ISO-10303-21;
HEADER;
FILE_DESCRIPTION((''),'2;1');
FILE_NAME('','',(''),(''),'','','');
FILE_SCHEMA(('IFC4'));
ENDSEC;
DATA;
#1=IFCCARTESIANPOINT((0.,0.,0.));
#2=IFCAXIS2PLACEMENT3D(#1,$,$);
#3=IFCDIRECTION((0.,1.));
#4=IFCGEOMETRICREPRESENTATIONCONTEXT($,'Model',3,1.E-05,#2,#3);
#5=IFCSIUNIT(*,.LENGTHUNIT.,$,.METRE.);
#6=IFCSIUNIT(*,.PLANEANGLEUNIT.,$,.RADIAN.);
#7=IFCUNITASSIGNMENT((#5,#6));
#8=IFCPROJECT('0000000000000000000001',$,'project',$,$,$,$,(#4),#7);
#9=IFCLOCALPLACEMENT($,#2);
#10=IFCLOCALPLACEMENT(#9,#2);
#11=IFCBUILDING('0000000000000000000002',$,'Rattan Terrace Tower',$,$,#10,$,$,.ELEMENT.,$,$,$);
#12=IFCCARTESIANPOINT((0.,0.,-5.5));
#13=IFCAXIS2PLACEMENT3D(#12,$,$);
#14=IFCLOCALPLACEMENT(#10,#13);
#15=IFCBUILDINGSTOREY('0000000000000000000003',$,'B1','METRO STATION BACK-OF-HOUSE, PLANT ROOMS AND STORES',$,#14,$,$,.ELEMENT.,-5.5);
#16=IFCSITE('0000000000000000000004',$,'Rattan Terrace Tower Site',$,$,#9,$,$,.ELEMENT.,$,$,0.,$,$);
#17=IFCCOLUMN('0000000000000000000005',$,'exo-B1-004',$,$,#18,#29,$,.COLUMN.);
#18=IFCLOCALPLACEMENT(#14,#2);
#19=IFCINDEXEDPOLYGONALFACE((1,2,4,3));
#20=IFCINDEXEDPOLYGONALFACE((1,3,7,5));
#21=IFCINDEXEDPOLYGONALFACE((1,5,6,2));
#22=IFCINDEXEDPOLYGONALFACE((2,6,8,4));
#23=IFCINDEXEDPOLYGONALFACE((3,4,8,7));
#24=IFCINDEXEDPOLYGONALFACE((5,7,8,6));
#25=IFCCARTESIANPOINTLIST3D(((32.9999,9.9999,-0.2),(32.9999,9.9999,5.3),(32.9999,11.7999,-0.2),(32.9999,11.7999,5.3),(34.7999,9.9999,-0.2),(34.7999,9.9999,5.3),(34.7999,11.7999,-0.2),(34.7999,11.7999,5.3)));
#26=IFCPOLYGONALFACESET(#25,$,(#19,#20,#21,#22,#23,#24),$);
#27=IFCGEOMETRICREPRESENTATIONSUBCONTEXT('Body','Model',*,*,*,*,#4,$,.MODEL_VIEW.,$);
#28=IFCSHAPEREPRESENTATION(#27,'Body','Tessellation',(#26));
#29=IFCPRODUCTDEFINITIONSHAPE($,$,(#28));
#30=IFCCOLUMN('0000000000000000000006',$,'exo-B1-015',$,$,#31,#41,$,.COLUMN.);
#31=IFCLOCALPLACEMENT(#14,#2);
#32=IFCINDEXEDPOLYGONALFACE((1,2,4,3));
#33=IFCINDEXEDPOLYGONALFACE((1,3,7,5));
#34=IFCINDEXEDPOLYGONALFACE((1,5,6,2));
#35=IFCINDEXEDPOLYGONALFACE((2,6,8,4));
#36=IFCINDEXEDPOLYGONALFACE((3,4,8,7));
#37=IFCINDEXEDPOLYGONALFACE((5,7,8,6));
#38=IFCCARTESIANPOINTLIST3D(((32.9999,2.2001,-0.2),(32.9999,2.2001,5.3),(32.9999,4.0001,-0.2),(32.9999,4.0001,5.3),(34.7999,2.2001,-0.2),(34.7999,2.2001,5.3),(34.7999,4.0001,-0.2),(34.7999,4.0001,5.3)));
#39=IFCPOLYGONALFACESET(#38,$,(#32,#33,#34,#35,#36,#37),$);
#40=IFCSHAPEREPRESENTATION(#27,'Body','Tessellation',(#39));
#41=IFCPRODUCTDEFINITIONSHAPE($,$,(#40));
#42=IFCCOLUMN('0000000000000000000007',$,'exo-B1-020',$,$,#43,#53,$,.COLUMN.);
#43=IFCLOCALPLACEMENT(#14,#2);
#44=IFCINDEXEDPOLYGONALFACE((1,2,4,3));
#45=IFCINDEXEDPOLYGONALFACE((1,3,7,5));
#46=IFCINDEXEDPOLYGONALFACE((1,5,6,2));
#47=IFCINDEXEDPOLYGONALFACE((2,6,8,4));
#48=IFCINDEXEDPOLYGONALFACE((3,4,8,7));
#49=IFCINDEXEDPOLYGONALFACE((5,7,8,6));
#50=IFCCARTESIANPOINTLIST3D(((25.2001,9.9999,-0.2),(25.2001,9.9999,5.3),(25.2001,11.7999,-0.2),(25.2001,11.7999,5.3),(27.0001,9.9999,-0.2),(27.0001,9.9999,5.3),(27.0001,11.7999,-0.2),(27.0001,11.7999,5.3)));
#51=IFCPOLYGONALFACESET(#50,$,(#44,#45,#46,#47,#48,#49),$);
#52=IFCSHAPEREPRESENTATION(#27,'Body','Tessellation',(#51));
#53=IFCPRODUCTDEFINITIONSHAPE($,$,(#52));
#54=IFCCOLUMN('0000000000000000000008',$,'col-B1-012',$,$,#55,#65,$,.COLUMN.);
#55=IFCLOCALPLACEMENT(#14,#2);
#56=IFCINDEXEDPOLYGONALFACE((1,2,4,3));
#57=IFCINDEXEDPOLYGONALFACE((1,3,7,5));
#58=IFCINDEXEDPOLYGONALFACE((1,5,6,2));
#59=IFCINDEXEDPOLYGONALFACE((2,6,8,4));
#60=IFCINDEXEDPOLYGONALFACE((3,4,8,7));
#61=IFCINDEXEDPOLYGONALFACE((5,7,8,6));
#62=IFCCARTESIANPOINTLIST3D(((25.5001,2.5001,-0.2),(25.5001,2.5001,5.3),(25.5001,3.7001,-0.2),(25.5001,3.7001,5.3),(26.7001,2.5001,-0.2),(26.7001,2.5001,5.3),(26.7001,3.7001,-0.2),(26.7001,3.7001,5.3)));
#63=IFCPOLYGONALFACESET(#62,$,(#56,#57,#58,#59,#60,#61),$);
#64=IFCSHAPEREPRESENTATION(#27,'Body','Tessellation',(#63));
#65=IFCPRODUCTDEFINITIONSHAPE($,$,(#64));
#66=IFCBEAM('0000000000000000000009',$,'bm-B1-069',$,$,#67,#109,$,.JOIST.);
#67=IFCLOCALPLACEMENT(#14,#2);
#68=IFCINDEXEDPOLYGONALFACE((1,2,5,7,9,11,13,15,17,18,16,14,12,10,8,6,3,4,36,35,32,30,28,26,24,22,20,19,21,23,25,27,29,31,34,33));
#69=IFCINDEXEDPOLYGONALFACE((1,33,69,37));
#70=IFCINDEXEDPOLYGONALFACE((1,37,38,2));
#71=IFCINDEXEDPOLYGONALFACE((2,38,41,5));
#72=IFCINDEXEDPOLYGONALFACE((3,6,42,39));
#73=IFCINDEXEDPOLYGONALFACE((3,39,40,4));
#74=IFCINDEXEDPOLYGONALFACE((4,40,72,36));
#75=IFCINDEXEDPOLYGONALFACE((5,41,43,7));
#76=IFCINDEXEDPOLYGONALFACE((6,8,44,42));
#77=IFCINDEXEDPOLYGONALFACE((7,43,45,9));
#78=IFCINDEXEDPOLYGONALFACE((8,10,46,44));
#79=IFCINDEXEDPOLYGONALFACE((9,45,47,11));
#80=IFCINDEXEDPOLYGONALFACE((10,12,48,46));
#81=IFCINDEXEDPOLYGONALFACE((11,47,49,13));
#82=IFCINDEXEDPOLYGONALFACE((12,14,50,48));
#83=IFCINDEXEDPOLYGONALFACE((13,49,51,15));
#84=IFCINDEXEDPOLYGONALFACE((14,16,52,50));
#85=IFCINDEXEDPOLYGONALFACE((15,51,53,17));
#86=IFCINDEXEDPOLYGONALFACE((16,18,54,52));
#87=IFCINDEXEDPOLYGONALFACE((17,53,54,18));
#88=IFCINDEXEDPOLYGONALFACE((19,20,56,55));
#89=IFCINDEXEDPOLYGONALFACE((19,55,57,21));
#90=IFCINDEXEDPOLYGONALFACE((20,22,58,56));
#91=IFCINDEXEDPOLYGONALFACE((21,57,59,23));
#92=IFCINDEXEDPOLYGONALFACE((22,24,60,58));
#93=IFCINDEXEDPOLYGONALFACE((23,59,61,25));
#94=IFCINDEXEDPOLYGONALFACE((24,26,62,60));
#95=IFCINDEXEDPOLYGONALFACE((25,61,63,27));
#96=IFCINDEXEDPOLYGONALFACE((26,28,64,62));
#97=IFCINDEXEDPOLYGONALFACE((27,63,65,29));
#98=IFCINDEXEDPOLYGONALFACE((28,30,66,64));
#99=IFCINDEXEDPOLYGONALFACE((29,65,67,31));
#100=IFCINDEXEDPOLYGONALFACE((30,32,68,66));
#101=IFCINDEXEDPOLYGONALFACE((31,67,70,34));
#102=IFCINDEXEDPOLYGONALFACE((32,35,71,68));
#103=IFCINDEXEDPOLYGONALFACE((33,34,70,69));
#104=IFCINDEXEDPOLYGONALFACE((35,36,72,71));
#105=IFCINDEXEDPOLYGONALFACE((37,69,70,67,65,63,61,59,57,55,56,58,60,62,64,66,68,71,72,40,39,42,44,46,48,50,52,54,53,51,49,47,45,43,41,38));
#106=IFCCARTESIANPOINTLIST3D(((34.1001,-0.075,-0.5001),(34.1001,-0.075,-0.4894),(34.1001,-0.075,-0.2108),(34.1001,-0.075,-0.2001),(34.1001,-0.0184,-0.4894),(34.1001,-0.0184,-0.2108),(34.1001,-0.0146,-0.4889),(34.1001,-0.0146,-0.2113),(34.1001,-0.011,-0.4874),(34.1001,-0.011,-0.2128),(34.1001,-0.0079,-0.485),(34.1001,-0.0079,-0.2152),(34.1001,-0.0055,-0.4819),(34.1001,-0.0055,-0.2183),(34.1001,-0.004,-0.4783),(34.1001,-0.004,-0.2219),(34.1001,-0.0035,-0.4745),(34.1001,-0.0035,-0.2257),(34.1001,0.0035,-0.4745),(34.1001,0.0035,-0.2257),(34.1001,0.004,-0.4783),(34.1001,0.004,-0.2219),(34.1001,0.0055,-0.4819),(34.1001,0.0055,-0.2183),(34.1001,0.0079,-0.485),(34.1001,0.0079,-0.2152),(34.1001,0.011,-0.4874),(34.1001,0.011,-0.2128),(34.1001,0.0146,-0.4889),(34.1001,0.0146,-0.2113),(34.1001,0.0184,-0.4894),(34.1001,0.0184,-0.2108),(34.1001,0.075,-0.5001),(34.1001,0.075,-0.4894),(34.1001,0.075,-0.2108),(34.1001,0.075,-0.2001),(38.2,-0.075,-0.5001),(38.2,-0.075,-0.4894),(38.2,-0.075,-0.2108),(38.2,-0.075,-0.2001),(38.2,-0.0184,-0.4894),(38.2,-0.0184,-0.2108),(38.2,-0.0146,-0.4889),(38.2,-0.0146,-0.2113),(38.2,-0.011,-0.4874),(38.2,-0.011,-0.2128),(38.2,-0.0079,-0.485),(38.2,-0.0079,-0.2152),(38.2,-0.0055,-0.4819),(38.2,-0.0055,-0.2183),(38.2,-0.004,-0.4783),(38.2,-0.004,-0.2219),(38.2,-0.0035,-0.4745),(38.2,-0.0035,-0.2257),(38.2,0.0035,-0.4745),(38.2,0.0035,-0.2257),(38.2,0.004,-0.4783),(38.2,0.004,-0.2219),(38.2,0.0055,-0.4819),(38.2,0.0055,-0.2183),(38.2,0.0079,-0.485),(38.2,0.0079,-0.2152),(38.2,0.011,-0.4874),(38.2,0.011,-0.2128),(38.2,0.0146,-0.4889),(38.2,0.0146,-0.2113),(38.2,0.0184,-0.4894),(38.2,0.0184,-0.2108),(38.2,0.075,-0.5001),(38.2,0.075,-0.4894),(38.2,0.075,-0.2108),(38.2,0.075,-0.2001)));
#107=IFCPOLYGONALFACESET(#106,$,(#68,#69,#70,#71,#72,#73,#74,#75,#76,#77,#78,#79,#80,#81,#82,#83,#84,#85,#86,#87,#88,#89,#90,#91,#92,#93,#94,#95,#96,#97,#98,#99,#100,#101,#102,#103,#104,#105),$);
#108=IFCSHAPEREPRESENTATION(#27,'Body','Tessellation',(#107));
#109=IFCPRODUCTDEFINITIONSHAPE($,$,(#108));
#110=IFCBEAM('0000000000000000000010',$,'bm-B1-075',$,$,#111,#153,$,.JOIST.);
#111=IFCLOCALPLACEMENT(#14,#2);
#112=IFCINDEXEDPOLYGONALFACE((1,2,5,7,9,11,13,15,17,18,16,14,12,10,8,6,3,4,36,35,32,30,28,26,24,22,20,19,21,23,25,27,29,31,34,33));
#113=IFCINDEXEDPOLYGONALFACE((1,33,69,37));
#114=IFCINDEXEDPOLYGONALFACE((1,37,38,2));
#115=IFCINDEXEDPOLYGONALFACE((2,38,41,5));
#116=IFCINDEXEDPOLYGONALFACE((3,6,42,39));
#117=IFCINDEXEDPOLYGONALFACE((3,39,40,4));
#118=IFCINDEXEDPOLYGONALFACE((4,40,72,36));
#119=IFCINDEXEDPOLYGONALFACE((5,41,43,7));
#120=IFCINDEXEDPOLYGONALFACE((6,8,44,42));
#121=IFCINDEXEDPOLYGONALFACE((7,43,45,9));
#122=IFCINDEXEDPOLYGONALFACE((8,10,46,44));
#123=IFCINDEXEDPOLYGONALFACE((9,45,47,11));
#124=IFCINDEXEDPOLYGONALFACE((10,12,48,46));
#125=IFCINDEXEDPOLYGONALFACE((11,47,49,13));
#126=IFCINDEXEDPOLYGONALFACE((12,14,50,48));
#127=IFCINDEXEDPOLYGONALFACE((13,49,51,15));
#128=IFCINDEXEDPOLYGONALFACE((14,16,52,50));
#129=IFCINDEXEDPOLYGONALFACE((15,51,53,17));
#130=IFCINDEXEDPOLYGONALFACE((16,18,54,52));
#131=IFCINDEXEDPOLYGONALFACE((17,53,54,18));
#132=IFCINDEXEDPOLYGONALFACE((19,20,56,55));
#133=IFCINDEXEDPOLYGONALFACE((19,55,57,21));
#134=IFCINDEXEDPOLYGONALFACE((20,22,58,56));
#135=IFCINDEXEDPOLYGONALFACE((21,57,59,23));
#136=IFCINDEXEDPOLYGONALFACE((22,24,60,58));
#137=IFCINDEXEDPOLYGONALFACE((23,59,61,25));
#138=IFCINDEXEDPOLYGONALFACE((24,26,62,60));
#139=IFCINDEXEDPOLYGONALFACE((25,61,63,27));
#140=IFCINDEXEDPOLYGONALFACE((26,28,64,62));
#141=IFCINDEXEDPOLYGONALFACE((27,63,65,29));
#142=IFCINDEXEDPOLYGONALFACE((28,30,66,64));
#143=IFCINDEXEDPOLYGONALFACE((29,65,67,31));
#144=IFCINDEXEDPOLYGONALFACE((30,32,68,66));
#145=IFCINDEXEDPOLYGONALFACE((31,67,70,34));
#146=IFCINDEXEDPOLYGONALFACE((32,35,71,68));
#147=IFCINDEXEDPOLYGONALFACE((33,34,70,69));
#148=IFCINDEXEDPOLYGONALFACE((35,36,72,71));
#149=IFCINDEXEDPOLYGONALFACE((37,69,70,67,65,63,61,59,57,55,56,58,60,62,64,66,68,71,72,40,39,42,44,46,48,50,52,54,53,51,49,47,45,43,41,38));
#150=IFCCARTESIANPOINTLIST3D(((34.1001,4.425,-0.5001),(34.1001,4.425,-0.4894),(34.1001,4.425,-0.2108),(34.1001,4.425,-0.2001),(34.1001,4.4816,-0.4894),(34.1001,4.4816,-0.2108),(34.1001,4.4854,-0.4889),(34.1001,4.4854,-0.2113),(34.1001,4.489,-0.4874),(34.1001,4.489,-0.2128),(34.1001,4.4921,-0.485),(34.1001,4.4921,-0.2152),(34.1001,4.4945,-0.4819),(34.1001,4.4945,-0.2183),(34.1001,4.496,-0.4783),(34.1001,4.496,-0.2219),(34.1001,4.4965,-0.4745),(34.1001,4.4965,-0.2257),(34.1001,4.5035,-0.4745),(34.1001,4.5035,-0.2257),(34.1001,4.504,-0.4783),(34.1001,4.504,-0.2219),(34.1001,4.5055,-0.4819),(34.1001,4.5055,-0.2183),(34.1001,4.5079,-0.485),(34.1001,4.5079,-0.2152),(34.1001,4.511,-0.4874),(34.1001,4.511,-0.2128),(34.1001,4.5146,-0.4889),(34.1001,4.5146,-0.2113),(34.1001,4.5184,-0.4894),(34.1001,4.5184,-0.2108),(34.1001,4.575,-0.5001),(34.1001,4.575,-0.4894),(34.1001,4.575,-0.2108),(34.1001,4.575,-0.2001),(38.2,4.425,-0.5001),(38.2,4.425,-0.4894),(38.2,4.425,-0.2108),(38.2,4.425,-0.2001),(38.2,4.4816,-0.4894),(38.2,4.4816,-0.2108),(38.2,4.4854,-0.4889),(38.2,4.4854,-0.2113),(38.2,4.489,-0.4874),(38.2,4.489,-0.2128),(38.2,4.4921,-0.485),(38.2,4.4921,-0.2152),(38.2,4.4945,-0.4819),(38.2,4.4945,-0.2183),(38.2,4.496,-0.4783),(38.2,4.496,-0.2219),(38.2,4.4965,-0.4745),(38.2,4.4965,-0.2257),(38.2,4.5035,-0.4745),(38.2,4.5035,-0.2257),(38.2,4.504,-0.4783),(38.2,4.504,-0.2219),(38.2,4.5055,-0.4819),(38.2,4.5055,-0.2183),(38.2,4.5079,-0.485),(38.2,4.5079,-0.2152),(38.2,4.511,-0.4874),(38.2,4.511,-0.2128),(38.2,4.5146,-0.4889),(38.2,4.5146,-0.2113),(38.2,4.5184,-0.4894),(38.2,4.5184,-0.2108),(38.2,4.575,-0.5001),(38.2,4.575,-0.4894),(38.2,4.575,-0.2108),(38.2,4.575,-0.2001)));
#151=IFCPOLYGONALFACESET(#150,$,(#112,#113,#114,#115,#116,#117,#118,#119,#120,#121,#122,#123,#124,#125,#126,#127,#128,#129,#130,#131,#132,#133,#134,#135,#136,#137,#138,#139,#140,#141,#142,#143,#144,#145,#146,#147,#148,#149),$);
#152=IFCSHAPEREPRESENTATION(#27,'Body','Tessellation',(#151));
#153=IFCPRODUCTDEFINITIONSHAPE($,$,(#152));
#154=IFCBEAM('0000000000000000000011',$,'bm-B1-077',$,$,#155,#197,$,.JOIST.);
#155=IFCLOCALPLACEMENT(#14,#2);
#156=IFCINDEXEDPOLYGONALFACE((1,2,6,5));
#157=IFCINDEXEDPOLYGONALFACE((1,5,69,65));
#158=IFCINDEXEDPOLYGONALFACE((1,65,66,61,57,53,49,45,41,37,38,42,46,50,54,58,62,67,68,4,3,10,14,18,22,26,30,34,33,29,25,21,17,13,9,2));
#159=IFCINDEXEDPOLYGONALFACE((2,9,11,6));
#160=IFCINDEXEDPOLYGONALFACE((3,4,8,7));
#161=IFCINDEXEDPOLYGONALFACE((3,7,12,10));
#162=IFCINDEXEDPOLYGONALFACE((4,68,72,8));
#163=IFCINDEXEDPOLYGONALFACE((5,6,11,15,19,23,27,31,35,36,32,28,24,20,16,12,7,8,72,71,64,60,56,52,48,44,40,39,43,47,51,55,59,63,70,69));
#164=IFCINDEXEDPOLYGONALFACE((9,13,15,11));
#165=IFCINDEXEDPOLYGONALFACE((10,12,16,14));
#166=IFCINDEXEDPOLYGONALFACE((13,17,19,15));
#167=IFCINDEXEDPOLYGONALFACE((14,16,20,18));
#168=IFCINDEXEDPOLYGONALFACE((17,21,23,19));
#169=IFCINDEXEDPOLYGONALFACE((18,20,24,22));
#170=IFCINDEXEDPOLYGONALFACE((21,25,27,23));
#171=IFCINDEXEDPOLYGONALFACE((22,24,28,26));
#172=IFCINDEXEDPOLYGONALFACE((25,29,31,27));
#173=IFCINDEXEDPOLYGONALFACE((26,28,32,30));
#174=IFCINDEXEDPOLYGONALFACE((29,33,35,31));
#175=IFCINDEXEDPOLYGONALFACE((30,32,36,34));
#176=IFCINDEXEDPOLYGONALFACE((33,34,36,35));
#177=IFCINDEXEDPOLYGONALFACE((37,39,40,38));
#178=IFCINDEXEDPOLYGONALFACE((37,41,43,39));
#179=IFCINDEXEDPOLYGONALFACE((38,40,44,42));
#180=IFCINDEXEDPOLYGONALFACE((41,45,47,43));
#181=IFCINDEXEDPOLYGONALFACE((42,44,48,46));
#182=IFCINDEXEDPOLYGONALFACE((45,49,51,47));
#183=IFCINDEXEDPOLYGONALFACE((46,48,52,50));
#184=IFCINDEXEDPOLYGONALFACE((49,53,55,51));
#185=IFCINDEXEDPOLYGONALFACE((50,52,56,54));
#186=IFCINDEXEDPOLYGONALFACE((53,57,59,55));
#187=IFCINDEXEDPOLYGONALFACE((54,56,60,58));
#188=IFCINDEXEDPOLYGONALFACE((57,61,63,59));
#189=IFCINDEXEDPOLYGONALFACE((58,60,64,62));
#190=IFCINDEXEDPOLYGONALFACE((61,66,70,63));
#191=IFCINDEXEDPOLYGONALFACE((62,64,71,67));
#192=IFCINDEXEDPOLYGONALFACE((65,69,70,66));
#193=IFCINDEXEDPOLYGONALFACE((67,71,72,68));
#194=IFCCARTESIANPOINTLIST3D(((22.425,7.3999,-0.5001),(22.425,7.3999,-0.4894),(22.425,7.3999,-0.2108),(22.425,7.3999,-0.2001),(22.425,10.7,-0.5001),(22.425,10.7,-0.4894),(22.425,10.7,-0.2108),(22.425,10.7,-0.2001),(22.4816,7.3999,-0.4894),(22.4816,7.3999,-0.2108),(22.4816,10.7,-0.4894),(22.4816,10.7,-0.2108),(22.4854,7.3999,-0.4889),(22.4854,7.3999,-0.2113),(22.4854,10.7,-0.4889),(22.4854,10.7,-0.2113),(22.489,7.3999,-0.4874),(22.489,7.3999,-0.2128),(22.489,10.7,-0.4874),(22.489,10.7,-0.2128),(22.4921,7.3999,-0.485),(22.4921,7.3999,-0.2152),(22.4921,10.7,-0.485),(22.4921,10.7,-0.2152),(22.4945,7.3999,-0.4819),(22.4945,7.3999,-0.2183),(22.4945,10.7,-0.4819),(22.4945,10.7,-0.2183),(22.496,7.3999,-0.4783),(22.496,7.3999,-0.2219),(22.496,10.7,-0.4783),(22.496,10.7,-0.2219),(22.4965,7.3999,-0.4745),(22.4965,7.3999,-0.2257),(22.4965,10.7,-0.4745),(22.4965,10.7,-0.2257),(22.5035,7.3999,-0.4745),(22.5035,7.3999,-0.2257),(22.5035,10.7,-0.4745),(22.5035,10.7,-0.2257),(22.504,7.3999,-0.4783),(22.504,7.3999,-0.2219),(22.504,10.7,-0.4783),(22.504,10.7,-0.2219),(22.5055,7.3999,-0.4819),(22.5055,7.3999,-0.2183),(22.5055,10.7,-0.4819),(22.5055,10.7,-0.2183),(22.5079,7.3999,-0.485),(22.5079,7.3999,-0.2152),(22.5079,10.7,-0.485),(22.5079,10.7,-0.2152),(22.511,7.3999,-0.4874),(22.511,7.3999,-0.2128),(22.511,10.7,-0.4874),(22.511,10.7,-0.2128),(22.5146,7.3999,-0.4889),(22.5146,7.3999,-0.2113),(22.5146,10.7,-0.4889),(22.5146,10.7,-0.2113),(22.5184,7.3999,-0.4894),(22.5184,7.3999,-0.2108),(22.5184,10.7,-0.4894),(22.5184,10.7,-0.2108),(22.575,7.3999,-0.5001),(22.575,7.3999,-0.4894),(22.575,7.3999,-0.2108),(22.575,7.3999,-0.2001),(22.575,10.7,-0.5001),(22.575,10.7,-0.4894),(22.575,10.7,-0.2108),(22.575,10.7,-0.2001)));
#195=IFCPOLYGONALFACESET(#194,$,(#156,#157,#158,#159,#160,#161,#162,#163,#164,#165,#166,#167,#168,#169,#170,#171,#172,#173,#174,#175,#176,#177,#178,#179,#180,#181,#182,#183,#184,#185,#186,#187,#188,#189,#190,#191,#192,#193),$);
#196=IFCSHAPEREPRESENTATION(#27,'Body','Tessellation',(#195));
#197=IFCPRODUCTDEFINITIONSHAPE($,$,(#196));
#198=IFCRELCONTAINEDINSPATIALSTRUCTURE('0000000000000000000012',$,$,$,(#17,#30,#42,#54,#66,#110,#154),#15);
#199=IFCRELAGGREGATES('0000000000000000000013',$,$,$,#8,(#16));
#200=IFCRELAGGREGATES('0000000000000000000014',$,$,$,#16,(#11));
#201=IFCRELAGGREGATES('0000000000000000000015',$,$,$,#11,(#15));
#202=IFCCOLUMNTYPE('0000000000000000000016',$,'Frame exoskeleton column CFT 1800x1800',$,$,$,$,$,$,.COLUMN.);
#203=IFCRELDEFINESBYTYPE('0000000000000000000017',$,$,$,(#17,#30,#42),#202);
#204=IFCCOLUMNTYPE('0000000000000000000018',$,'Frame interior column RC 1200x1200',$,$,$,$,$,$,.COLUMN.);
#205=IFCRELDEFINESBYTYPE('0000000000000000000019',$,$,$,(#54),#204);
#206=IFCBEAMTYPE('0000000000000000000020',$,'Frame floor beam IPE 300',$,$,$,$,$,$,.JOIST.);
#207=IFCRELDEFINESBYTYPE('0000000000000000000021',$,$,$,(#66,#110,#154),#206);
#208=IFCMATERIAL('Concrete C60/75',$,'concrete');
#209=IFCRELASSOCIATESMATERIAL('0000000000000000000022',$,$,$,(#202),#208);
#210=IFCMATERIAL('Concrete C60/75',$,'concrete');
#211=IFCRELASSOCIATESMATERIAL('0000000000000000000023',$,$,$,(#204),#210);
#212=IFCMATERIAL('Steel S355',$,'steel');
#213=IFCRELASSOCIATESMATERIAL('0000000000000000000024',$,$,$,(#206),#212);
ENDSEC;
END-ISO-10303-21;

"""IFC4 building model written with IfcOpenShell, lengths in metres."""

from ifc_helpers import new_model, si_unit, direction, frame, origin, origin_2d, place, context, subcontext, project, spatial, rectangle, i_section, extrude, material, material_profile, profile_set, type_object, element, save


model = new_model("IFC4")

# Units and contexts
model_context = context("Model", 3, precision=1e-05, world=origin(), true_north=direction((0.0, 1.0)))
body_context = subcontext(model_context, "Body", "Model", "MODEL_VIEW")
ifc_project = project(units=[si_unit("LENGTHUNIT", "METRE"), si_unit("PLANEANGLEUNIT", "RADIAN")], contexts=[model_context])

# Site, building, storey
site_placement = place(None, origin())
site = spatial("IfcSite", under=ifc_project, at=site_placement, Name="Rattan Terrace Tower Site", CompositionType="ELEMENT", RefElevation=0.0)
building_placement = place(site_placement, origin())
building = spatial("IfcBuilding", under=site, at=building_placement, Name="Rattan Terrace Tower", CompositionType="ELEMENT")
storey_placement = place(building_placement, frame((0.0, 0.0, -5.5)))
storey = spatial("IfcBuildingStorey", under=building, at=storey_placement, Name="B1", Description="METRO STATION BACK-OF-HOUSE, PLANT ROOMS AND STORES", CompositionType="ELEMENT", Elevation=-5.5)

# Columns
ifc_material_1 = material(Name="Concrete C60/75", Category="concrete")
ifc_material_profile_1 = material_profile(ifc_material_1, rectangle(XDim=1.8, YDim=1.8, at=origin_2d()), Name="CFT 1800x1800")
ifc_profile_set_1 = profile_set([ifc_material_profile_1], Name="Concrete C60/75")
column_type_1 = type_object("IfcColumnType", Name="Frame exoskeleton column CFT 1800x1800", PredefinedType="COLUMN", material=ifc_profile_set_1)
for number, where, z_axis, x_axis, name in (
    (1, (33.8999, 10.8999, -0.2), (0.0, 0.0, 1.0), (1.0, 0.0, 0.0), "exo-B1-004"),
    (2, (33.8999, 3.1001, -0.2), (0.0, 0.0, 1.0), (0.0, 1.0, 0.0), "exo-B1-015"),
    (3, (26.1001, 10.8999, -0.2), (0.0, 0.0, 1.0), (1.0, 0.0, 0.0), "exo-B1-020"),
):
    element("IfcColumn", number, at=place(storey_placement, frame(where, z_axis=z_axis, x_axis=x_axis)), inside=storey, type_object=column_type_1, Name=name, PredefinedType="COLUMN", context=body_context, shape_type="SweptSolid", body=[
        extrude(rectangle(XDim=1.8, YDim=1.8, at=origin_2d()), origin(), (0.0, 0.0, 1.0), 5.5),
    ])
ifc_material_2 = material(Name="Concrete C60/75", Category="concrete")
ifc_material_profile_2 = material_profile(ifc_material_2, rectangle(XDim=1.2, YDim=1.2, at=origin_2d()), Name="RC 1200x1200")
ifc_profile_set_2 = profile_set([ifc_material_profile_2], Name="Concrete C60/75")
column_type_2 = type_object("IfcColumnType", Name="Frame interior column RC 1200x1200", PredefinedType="COLUMN", material=ifc_profile_set_2)
column_placement = place(storey_placement, frame((26.1001, 3.1001, -0.2), z_axis=(0.0, 0.0, 1.0), x_axis=(1.0, 0.0, 0.0)))
element("IfcColumn", 4, at=column_placement, inside=storey, type_object=column_type_2, Name="col-B1-012", PredefinedType="COLUMN", context=body_context, shape_type="SweptSolid", body=[
    extrude(rectangle(XDim=1.2, YDim=1.2, at=origin_2d()), origin(), (0.0, 0.0, 1.0), 5.5),
])

# Beams
ifc_material_3 = material(Name="Steel S355", Category="steel")
ifc_material_profile_3 = material_profile(ifc_material_3, i_section(OverallWidth=0.1499, OverallDepth=0.3, WebThickness=0.0071, FlangeThickness=0.0107, FilletRadius=0.0149, at=origin_2d()), Name="IPE 300")
ifc_profile_set_3 = profile_set([ifc_material_profile_3], Name="Steel S355")
beam_type_1 = type_object("IfcBeamType", Name="Frame floor beam IPE 300", PredefinedType="JOIST", material=ifc_profile_set_3)
for number, where, z_axis, x_axis, name in (
    (5, (34.1001, 0.0, -0.3501), (1.0, 0.0, 0.0), (0.0, 1.0, 0.0), "bm-B1-069"),
    (6, (34.1001, 4.5, -0.3501), (1.0, 0.0, 0.0), (0.0, 1.0, 0.0), "bm-B1-075"),
):
    element("IfcBeam", number, at=place(storey_placement, frame(where, z_axis=z_axis, x_axis=x_axis)), inside=storey, type_object=beam_type_1, Name=name, PredefinedType="JOIST", context=body_context, shape_type="SweptSolid", body=[
        extrude(i_section(OverallWidth=0.1499, OverallDepth=0.3, WebThickness=0.0071, FlangeThickness=0.0107, FilletRadius=0.0149, at=origin_2d()), origin(), (0.0, 0.0, 1.0), 4.0999),
    ])
beam_1_placement = place(storey_placement, frame((22.5, 7.3999, -0.3501), z_axis=(0.0, 1.0, 0.0), x_axis=(-1.0, 0.0, 0.0)))
element("IfcBeam", 7, at=beam_1_placement, inside=storey, type_object=beam_type_1, Name="bm-B1-077", PredefinedType="JOIST", context=body_context, shape_type="SweptSolid", body=[
    extrude(i_section(OverallWidth=0.1499, OverallDepth=0.3, WebThickness=0.0071, FlangeThickness=0.0107, FilletRadius=0.0149, at=origin_2d()), origin(), (0.0, 0.0, 1.0), 3.3),
])

save(model, "model.ifc")
